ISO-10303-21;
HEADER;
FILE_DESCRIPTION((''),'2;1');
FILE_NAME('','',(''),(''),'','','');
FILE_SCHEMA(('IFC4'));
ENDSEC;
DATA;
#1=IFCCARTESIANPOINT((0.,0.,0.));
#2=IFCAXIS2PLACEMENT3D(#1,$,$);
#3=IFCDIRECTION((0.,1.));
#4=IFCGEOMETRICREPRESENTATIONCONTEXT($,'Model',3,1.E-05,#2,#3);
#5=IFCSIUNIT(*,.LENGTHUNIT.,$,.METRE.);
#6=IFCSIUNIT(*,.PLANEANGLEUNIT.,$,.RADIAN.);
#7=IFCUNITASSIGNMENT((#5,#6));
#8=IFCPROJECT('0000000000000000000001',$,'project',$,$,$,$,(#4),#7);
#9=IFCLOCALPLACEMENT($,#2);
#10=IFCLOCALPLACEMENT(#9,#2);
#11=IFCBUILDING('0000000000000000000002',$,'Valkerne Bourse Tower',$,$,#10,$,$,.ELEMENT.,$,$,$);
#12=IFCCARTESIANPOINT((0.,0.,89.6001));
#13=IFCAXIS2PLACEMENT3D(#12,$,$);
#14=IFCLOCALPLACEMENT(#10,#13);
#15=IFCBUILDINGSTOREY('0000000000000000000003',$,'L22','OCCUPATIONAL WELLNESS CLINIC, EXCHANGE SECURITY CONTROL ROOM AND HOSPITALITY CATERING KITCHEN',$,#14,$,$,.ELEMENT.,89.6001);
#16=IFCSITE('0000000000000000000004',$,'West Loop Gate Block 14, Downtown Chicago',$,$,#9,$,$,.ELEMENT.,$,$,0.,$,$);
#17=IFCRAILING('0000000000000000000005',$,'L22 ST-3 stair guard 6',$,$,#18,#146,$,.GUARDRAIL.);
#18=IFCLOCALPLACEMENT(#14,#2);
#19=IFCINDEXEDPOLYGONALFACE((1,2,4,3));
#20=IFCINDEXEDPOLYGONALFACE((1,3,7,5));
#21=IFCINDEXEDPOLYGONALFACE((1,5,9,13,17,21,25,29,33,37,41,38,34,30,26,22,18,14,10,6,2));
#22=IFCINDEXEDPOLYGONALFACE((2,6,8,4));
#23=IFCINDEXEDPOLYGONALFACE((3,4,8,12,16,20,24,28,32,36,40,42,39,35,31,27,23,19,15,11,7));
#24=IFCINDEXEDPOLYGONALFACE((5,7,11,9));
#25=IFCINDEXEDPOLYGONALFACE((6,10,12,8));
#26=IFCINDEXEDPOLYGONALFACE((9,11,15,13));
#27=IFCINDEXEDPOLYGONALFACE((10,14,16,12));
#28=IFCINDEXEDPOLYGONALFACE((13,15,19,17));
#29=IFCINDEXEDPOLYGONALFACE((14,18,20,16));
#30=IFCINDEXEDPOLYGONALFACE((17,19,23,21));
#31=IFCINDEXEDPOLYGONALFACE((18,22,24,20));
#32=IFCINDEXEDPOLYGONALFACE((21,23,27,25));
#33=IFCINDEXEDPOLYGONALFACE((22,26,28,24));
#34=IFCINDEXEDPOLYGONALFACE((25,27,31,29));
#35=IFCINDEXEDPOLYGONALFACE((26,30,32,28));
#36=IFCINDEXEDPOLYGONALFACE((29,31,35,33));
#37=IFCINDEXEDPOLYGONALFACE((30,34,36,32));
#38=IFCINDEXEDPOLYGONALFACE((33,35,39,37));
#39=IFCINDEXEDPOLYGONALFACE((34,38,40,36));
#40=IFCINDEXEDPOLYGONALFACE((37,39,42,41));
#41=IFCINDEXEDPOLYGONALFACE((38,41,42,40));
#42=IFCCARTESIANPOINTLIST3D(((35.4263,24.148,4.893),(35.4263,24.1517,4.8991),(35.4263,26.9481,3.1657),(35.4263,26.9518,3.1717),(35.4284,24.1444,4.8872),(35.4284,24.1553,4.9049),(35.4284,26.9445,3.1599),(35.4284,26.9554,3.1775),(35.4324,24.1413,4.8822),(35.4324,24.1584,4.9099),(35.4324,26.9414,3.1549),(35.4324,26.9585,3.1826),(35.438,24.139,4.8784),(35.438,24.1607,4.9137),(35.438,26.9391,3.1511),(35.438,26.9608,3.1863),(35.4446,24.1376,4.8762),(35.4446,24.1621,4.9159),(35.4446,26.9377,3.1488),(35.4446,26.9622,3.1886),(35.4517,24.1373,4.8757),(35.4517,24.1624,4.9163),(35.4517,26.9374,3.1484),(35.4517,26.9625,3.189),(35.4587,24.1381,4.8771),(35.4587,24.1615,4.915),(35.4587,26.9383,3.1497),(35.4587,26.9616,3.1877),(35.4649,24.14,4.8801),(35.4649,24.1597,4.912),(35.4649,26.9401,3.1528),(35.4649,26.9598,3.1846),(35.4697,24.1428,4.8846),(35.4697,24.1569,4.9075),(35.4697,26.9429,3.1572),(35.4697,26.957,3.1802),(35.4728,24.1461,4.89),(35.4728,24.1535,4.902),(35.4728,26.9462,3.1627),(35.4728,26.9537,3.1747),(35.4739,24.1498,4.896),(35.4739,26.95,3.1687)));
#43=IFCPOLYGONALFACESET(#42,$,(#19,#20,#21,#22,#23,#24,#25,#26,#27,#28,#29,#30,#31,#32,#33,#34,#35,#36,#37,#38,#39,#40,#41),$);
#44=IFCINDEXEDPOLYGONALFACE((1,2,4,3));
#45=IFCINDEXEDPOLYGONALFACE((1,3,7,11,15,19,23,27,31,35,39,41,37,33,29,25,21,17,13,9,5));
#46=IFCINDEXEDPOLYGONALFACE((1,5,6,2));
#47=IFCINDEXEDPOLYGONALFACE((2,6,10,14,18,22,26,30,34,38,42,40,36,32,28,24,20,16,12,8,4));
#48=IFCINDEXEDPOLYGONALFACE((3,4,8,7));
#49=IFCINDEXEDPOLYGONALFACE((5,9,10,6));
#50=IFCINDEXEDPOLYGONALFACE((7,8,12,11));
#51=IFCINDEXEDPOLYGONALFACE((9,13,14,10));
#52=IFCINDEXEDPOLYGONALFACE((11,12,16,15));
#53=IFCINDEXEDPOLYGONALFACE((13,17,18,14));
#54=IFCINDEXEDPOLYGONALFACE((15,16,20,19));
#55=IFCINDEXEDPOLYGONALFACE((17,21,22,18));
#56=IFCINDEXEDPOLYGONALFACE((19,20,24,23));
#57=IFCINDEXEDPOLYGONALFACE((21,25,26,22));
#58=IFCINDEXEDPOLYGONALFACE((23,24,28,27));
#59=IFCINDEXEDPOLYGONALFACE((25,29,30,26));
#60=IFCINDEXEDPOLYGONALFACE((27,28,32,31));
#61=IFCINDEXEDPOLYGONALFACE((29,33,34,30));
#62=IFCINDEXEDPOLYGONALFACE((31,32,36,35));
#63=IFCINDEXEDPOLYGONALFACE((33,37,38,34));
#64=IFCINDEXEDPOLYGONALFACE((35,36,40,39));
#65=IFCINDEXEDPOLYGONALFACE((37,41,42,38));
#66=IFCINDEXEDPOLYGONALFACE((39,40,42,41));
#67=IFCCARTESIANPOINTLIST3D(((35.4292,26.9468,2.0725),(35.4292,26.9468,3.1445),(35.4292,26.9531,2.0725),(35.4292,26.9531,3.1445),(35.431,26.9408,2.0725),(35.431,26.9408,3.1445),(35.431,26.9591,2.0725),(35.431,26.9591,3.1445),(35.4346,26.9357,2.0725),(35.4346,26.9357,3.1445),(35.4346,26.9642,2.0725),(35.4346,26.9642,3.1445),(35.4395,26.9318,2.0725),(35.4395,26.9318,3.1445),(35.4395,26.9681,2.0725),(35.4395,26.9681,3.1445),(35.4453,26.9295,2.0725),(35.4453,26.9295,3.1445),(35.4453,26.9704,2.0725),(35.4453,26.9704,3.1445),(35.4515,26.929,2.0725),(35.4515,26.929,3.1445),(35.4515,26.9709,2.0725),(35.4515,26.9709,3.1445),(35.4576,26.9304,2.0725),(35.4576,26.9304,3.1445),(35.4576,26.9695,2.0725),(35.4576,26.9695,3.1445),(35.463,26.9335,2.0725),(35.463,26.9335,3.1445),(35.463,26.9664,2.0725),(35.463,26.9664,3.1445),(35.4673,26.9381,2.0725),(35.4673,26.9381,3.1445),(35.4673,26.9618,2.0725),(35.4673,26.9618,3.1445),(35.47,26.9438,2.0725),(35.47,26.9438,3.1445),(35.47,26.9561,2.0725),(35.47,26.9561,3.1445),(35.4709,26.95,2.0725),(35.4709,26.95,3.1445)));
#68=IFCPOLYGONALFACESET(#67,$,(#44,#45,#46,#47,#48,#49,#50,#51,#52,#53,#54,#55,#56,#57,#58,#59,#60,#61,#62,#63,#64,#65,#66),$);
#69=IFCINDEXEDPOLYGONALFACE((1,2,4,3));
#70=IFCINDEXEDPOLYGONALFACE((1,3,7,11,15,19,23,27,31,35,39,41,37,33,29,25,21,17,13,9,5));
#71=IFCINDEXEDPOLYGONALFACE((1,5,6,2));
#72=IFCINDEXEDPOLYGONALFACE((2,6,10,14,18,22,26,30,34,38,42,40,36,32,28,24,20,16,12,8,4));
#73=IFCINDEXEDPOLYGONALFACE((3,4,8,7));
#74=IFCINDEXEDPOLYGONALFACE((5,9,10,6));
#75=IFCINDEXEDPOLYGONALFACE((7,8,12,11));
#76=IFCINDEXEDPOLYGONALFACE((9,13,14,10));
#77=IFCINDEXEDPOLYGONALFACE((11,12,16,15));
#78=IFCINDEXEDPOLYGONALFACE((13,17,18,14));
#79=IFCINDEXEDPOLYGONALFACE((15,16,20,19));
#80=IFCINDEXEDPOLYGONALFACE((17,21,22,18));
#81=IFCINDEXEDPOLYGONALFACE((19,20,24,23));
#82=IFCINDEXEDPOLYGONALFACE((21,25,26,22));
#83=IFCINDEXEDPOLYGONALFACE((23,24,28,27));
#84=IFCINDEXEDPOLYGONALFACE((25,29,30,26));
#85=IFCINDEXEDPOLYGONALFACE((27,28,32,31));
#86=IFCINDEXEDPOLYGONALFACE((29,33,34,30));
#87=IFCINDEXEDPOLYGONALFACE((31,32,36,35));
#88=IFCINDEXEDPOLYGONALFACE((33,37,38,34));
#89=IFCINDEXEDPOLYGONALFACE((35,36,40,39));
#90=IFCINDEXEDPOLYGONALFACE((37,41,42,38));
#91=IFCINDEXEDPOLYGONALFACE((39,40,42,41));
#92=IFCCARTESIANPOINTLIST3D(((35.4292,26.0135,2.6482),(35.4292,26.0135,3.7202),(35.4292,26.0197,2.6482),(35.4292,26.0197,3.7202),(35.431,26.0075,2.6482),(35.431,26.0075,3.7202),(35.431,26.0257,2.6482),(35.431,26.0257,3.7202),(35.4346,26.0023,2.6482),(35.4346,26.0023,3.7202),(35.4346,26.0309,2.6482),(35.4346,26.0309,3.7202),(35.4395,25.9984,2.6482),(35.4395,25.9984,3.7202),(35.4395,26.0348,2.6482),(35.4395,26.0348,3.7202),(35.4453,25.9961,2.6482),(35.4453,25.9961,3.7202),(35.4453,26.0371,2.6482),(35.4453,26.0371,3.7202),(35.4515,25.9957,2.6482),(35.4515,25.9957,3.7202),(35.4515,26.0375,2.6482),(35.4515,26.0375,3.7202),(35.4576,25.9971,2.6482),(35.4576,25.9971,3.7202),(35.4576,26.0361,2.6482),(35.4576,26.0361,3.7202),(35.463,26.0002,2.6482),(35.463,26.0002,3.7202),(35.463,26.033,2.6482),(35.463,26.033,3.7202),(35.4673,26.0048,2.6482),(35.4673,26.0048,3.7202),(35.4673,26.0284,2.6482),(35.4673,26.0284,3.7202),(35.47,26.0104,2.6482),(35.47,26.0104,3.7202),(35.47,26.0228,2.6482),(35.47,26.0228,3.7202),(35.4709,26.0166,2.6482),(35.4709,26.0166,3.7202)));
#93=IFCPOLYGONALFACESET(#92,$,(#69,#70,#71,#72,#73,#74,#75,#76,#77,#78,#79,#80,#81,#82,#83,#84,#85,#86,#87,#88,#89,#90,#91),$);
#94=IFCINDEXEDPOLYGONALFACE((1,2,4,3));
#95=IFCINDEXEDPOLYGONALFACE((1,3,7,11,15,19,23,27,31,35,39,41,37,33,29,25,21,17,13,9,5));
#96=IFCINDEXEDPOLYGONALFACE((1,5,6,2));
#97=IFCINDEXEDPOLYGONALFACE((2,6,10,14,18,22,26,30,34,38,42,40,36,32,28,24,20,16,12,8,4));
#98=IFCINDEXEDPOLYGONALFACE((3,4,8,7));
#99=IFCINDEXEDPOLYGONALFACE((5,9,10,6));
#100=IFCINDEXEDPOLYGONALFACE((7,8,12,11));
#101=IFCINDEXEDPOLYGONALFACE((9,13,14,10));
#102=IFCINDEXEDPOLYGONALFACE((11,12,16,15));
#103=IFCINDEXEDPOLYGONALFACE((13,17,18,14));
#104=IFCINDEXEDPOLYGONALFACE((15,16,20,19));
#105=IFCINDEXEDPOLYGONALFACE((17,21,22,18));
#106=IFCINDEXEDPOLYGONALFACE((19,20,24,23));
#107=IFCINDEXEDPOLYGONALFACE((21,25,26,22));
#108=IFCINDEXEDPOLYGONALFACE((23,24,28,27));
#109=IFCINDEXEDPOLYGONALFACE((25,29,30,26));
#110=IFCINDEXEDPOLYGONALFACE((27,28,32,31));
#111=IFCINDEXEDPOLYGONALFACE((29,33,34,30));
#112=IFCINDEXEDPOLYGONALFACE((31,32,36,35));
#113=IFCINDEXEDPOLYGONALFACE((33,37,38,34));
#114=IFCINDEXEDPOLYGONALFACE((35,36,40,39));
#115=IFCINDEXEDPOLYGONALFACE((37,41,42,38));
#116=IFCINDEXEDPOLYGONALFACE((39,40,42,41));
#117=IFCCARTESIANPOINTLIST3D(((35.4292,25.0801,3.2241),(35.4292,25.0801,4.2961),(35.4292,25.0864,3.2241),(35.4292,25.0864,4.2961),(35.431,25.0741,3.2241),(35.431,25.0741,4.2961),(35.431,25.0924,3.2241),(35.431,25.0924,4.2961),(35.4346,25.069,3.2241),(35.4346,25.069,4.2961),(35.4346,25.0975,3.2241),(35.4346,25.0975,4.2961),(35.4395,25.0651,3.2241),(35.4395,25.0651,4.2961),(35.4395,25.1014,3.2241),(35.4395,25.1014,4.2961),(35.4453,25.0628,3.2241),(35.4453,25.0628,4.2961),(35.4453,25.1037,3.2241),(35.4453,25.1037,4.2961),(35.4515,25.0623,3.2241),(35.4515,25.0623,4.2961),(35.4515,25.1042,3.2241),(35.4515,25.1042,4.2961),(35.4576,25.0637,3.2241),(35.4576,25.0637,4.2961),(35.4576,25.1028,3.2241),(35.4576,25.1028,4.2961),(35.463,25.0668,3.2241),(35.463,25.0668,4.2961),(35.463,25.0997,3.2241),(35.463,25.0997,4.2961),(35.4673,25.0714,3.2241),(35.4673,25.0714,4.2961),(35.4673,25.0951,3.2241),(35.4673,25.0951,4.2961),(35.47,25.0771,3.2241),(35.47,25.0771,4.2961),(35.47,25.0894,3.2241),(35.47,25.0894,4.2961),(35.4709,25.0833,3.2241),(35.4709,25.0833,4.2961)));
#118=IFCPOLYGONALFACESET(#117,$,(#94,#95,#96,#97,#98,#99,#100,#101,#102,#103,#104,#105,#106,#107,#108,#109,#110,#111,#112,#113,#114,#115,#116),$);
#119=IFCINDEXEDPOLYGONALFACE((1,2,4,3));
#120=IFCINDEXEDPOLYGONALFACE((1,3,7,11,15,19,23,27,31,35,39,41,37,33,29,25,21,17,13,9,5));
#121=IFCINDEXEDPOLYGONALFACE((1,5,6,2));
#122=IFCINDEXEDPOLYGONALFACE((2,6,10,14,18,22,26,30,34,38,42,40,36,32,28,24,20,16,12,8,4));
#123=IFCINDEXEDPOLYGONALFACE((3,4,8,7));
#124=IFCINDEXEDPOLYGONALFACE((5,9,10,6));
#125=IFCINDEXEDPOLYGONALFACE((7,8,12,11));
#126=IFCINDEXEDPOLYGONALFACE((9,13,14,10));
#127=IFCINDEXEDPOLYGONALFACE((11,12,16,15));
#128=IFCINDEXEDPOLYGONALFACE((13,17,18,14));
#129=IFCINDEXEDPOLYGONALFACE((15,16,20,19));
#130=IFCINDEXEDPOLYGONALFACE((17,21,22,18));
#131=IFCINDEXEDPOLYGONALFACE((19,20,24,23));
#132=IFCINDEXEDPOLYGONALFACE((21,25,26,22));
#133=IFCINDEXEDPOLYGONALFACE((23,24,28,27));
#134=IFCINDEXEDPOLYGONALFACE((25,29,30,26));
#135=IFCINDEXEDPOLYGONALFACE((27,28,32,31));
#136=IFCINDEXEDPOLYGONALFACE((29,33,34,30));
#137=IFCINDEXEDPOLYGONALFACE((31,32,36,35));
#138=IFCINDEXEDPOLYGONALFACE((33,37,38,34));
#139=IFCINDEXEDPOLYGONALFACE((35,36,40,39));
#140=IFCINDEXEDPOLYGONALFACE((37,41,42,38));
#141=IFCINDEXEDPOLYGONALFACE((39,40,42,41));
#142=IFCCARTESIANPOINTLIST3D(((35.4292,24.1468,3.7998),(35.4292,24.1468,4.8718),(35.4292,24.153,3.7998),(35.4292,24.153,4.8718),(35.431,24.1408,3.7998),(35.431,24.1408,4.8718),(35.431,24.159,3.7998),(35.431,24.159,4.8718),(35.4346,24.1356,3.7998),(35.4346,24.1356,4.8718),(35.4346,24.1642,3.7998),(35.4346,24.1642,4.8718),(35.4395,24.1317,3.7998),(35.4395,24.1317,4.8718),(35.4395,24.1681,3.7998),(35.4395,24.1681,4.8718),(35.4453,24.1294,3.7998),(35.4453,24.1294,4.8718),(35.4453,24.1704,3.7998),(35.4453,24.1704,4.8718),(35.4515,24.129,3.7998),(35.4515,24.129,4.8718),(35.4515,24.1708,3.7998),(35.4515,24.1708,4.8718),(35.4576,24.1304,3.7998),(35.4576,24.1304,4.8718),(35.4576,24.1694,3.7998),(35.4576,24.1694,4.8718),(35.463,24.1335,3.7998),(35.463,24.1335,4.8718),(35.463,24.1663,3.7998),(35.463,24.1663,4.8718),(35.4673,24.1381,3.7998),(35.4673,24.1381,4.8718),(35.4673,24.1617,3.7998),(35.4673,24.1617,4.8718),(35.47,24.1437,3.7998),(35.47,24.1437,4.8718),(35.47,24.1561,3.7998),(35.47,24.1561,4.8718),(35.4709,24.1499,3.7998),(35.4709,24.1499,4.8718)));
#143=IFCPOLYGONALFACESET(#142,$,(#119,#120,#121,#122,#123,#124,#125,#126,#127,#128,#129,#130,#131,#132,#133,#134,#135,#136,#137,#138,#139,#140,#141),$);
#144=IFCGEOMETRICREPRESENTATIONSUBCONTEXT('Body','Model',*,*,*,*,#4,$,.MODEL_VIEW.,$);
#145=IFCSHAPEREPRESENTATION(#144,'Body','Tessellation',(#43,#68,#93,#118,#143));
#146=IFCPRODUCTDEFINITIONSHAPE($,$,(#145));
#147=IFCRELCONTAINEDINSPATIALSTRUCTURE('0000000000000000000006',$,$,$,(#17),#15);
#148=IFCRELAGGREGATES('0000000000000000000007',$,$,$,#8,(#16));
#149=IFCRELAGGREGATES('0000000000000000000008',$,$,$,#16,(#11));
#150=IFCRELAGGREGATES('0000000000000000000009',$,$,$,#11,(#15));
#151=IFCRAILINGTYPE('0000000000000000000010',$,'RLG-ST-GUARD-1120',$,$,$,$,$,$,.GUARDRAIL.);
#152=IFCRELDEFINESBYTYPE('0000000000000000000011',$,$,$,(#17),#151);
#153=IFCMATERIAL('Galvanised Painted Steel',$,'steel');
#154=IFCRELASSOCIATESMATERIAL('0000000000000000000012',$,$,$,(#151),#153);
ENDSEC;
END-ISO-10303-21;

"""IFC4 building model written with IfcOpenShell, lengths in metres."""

from ifc_helpers import new_model, si_unit, direction, frame, origin, origin_2d, place, context, subcontext, project, spatial, circle, extrude, material, type_object, element, save


model = new_model("IFC4")

# Units and contexts
model_context = context("Model", 3, precision=1e-05, world=origin(), true_north=direction((0.0, 1.0)))
body_context = subcontext(model_context, "Body", "Model", "MODEL_VIEW")
ifc_project = project(units=[si_unit("LENGTHUNIT", "METRE"), si_unit("PLANEANGLEUNIT", "RADIAN")], contexts=[model_context])

# Site, building, storey
site_placement = place(None, origin())
site = spatial("IfcSite", under=ifc_project, at=site_placement, Name="West Loop Gate Block 14, Downtown Chicago", CompositionType="ELEMENT", RefElevation=0.0)
building_placement = place(site_placement, origin())
building = spatial("IfcBuilding", under=site, at=building_placement, Name="Valkerne Bourse Tower", CompositionType="ELEMENT")
storey_placement = place(building_placement, frame((0.0, 0.0, 89.6001)))
storey = spatial("IfcBuildingStorey", under=building, at=storey_placement, Name="L22", Description="OCCUPATIONAL WELLNESS CLINIC, EXCHANGE SECURITY CONTROL ROOM AND HOSPITALITY CATERING KITCHEN", CompositionType="ELEMENT", Elevation=89.6001)

# Shared definitions
ifc_material_1 = material(Name="Galvanised Painted Steel", Category="steel")

# Railing
railing_type_1 = type_object("IfcRailingType", Name="RLG-ST-GUARD-1120", PredefinedType="GUARDRAIL", material=ifc_material_1)
railing_1_placement = place(storey_placement, frame((35.45, 26.95, 2.0725)))
element("IfcRailing", 1, at=railing_1_placement, inside=storey, type_object=railing_type_1, Name="L22 ST-3 stair guard 6", PredefinedType="GUARDRAIL", context=body_context, shape_type="SweptSolid", body=[
    extrude(circle(Radius=0.0239, at=origin_2d()), frame((0.0, 0.0, 1.0962), z_axis=(0.0, -0.85109, 0.52502), x_axis=(1.0, 0.0, 0.0)), (0.0, 0.0, 1.0), 3.29),
    extrude(circle(Radius=0.021, at=origin_2d()), origin(), (0.0, 0.0, 1.0), 1.072),
    extrude(circle(Radius=0.021, at=origin_2d()), frame((0.0, -0.9333, 0.5757)), (0.0, 0.0, 1.0), 1.072),
    extrude(circle(Radius=0.021, at=origin_2d()), frame((0.0, -1.8667, 1.1516)), (0.0, 0.0, 1.0), 1.072),
    extrude(circle(Radius=0.021, at=origin_2d()), frame((0.0, -2.8, 1.7273)), (0.0, 0.0, 1.0), 1.072),
])

save(model, "model.ifc")
